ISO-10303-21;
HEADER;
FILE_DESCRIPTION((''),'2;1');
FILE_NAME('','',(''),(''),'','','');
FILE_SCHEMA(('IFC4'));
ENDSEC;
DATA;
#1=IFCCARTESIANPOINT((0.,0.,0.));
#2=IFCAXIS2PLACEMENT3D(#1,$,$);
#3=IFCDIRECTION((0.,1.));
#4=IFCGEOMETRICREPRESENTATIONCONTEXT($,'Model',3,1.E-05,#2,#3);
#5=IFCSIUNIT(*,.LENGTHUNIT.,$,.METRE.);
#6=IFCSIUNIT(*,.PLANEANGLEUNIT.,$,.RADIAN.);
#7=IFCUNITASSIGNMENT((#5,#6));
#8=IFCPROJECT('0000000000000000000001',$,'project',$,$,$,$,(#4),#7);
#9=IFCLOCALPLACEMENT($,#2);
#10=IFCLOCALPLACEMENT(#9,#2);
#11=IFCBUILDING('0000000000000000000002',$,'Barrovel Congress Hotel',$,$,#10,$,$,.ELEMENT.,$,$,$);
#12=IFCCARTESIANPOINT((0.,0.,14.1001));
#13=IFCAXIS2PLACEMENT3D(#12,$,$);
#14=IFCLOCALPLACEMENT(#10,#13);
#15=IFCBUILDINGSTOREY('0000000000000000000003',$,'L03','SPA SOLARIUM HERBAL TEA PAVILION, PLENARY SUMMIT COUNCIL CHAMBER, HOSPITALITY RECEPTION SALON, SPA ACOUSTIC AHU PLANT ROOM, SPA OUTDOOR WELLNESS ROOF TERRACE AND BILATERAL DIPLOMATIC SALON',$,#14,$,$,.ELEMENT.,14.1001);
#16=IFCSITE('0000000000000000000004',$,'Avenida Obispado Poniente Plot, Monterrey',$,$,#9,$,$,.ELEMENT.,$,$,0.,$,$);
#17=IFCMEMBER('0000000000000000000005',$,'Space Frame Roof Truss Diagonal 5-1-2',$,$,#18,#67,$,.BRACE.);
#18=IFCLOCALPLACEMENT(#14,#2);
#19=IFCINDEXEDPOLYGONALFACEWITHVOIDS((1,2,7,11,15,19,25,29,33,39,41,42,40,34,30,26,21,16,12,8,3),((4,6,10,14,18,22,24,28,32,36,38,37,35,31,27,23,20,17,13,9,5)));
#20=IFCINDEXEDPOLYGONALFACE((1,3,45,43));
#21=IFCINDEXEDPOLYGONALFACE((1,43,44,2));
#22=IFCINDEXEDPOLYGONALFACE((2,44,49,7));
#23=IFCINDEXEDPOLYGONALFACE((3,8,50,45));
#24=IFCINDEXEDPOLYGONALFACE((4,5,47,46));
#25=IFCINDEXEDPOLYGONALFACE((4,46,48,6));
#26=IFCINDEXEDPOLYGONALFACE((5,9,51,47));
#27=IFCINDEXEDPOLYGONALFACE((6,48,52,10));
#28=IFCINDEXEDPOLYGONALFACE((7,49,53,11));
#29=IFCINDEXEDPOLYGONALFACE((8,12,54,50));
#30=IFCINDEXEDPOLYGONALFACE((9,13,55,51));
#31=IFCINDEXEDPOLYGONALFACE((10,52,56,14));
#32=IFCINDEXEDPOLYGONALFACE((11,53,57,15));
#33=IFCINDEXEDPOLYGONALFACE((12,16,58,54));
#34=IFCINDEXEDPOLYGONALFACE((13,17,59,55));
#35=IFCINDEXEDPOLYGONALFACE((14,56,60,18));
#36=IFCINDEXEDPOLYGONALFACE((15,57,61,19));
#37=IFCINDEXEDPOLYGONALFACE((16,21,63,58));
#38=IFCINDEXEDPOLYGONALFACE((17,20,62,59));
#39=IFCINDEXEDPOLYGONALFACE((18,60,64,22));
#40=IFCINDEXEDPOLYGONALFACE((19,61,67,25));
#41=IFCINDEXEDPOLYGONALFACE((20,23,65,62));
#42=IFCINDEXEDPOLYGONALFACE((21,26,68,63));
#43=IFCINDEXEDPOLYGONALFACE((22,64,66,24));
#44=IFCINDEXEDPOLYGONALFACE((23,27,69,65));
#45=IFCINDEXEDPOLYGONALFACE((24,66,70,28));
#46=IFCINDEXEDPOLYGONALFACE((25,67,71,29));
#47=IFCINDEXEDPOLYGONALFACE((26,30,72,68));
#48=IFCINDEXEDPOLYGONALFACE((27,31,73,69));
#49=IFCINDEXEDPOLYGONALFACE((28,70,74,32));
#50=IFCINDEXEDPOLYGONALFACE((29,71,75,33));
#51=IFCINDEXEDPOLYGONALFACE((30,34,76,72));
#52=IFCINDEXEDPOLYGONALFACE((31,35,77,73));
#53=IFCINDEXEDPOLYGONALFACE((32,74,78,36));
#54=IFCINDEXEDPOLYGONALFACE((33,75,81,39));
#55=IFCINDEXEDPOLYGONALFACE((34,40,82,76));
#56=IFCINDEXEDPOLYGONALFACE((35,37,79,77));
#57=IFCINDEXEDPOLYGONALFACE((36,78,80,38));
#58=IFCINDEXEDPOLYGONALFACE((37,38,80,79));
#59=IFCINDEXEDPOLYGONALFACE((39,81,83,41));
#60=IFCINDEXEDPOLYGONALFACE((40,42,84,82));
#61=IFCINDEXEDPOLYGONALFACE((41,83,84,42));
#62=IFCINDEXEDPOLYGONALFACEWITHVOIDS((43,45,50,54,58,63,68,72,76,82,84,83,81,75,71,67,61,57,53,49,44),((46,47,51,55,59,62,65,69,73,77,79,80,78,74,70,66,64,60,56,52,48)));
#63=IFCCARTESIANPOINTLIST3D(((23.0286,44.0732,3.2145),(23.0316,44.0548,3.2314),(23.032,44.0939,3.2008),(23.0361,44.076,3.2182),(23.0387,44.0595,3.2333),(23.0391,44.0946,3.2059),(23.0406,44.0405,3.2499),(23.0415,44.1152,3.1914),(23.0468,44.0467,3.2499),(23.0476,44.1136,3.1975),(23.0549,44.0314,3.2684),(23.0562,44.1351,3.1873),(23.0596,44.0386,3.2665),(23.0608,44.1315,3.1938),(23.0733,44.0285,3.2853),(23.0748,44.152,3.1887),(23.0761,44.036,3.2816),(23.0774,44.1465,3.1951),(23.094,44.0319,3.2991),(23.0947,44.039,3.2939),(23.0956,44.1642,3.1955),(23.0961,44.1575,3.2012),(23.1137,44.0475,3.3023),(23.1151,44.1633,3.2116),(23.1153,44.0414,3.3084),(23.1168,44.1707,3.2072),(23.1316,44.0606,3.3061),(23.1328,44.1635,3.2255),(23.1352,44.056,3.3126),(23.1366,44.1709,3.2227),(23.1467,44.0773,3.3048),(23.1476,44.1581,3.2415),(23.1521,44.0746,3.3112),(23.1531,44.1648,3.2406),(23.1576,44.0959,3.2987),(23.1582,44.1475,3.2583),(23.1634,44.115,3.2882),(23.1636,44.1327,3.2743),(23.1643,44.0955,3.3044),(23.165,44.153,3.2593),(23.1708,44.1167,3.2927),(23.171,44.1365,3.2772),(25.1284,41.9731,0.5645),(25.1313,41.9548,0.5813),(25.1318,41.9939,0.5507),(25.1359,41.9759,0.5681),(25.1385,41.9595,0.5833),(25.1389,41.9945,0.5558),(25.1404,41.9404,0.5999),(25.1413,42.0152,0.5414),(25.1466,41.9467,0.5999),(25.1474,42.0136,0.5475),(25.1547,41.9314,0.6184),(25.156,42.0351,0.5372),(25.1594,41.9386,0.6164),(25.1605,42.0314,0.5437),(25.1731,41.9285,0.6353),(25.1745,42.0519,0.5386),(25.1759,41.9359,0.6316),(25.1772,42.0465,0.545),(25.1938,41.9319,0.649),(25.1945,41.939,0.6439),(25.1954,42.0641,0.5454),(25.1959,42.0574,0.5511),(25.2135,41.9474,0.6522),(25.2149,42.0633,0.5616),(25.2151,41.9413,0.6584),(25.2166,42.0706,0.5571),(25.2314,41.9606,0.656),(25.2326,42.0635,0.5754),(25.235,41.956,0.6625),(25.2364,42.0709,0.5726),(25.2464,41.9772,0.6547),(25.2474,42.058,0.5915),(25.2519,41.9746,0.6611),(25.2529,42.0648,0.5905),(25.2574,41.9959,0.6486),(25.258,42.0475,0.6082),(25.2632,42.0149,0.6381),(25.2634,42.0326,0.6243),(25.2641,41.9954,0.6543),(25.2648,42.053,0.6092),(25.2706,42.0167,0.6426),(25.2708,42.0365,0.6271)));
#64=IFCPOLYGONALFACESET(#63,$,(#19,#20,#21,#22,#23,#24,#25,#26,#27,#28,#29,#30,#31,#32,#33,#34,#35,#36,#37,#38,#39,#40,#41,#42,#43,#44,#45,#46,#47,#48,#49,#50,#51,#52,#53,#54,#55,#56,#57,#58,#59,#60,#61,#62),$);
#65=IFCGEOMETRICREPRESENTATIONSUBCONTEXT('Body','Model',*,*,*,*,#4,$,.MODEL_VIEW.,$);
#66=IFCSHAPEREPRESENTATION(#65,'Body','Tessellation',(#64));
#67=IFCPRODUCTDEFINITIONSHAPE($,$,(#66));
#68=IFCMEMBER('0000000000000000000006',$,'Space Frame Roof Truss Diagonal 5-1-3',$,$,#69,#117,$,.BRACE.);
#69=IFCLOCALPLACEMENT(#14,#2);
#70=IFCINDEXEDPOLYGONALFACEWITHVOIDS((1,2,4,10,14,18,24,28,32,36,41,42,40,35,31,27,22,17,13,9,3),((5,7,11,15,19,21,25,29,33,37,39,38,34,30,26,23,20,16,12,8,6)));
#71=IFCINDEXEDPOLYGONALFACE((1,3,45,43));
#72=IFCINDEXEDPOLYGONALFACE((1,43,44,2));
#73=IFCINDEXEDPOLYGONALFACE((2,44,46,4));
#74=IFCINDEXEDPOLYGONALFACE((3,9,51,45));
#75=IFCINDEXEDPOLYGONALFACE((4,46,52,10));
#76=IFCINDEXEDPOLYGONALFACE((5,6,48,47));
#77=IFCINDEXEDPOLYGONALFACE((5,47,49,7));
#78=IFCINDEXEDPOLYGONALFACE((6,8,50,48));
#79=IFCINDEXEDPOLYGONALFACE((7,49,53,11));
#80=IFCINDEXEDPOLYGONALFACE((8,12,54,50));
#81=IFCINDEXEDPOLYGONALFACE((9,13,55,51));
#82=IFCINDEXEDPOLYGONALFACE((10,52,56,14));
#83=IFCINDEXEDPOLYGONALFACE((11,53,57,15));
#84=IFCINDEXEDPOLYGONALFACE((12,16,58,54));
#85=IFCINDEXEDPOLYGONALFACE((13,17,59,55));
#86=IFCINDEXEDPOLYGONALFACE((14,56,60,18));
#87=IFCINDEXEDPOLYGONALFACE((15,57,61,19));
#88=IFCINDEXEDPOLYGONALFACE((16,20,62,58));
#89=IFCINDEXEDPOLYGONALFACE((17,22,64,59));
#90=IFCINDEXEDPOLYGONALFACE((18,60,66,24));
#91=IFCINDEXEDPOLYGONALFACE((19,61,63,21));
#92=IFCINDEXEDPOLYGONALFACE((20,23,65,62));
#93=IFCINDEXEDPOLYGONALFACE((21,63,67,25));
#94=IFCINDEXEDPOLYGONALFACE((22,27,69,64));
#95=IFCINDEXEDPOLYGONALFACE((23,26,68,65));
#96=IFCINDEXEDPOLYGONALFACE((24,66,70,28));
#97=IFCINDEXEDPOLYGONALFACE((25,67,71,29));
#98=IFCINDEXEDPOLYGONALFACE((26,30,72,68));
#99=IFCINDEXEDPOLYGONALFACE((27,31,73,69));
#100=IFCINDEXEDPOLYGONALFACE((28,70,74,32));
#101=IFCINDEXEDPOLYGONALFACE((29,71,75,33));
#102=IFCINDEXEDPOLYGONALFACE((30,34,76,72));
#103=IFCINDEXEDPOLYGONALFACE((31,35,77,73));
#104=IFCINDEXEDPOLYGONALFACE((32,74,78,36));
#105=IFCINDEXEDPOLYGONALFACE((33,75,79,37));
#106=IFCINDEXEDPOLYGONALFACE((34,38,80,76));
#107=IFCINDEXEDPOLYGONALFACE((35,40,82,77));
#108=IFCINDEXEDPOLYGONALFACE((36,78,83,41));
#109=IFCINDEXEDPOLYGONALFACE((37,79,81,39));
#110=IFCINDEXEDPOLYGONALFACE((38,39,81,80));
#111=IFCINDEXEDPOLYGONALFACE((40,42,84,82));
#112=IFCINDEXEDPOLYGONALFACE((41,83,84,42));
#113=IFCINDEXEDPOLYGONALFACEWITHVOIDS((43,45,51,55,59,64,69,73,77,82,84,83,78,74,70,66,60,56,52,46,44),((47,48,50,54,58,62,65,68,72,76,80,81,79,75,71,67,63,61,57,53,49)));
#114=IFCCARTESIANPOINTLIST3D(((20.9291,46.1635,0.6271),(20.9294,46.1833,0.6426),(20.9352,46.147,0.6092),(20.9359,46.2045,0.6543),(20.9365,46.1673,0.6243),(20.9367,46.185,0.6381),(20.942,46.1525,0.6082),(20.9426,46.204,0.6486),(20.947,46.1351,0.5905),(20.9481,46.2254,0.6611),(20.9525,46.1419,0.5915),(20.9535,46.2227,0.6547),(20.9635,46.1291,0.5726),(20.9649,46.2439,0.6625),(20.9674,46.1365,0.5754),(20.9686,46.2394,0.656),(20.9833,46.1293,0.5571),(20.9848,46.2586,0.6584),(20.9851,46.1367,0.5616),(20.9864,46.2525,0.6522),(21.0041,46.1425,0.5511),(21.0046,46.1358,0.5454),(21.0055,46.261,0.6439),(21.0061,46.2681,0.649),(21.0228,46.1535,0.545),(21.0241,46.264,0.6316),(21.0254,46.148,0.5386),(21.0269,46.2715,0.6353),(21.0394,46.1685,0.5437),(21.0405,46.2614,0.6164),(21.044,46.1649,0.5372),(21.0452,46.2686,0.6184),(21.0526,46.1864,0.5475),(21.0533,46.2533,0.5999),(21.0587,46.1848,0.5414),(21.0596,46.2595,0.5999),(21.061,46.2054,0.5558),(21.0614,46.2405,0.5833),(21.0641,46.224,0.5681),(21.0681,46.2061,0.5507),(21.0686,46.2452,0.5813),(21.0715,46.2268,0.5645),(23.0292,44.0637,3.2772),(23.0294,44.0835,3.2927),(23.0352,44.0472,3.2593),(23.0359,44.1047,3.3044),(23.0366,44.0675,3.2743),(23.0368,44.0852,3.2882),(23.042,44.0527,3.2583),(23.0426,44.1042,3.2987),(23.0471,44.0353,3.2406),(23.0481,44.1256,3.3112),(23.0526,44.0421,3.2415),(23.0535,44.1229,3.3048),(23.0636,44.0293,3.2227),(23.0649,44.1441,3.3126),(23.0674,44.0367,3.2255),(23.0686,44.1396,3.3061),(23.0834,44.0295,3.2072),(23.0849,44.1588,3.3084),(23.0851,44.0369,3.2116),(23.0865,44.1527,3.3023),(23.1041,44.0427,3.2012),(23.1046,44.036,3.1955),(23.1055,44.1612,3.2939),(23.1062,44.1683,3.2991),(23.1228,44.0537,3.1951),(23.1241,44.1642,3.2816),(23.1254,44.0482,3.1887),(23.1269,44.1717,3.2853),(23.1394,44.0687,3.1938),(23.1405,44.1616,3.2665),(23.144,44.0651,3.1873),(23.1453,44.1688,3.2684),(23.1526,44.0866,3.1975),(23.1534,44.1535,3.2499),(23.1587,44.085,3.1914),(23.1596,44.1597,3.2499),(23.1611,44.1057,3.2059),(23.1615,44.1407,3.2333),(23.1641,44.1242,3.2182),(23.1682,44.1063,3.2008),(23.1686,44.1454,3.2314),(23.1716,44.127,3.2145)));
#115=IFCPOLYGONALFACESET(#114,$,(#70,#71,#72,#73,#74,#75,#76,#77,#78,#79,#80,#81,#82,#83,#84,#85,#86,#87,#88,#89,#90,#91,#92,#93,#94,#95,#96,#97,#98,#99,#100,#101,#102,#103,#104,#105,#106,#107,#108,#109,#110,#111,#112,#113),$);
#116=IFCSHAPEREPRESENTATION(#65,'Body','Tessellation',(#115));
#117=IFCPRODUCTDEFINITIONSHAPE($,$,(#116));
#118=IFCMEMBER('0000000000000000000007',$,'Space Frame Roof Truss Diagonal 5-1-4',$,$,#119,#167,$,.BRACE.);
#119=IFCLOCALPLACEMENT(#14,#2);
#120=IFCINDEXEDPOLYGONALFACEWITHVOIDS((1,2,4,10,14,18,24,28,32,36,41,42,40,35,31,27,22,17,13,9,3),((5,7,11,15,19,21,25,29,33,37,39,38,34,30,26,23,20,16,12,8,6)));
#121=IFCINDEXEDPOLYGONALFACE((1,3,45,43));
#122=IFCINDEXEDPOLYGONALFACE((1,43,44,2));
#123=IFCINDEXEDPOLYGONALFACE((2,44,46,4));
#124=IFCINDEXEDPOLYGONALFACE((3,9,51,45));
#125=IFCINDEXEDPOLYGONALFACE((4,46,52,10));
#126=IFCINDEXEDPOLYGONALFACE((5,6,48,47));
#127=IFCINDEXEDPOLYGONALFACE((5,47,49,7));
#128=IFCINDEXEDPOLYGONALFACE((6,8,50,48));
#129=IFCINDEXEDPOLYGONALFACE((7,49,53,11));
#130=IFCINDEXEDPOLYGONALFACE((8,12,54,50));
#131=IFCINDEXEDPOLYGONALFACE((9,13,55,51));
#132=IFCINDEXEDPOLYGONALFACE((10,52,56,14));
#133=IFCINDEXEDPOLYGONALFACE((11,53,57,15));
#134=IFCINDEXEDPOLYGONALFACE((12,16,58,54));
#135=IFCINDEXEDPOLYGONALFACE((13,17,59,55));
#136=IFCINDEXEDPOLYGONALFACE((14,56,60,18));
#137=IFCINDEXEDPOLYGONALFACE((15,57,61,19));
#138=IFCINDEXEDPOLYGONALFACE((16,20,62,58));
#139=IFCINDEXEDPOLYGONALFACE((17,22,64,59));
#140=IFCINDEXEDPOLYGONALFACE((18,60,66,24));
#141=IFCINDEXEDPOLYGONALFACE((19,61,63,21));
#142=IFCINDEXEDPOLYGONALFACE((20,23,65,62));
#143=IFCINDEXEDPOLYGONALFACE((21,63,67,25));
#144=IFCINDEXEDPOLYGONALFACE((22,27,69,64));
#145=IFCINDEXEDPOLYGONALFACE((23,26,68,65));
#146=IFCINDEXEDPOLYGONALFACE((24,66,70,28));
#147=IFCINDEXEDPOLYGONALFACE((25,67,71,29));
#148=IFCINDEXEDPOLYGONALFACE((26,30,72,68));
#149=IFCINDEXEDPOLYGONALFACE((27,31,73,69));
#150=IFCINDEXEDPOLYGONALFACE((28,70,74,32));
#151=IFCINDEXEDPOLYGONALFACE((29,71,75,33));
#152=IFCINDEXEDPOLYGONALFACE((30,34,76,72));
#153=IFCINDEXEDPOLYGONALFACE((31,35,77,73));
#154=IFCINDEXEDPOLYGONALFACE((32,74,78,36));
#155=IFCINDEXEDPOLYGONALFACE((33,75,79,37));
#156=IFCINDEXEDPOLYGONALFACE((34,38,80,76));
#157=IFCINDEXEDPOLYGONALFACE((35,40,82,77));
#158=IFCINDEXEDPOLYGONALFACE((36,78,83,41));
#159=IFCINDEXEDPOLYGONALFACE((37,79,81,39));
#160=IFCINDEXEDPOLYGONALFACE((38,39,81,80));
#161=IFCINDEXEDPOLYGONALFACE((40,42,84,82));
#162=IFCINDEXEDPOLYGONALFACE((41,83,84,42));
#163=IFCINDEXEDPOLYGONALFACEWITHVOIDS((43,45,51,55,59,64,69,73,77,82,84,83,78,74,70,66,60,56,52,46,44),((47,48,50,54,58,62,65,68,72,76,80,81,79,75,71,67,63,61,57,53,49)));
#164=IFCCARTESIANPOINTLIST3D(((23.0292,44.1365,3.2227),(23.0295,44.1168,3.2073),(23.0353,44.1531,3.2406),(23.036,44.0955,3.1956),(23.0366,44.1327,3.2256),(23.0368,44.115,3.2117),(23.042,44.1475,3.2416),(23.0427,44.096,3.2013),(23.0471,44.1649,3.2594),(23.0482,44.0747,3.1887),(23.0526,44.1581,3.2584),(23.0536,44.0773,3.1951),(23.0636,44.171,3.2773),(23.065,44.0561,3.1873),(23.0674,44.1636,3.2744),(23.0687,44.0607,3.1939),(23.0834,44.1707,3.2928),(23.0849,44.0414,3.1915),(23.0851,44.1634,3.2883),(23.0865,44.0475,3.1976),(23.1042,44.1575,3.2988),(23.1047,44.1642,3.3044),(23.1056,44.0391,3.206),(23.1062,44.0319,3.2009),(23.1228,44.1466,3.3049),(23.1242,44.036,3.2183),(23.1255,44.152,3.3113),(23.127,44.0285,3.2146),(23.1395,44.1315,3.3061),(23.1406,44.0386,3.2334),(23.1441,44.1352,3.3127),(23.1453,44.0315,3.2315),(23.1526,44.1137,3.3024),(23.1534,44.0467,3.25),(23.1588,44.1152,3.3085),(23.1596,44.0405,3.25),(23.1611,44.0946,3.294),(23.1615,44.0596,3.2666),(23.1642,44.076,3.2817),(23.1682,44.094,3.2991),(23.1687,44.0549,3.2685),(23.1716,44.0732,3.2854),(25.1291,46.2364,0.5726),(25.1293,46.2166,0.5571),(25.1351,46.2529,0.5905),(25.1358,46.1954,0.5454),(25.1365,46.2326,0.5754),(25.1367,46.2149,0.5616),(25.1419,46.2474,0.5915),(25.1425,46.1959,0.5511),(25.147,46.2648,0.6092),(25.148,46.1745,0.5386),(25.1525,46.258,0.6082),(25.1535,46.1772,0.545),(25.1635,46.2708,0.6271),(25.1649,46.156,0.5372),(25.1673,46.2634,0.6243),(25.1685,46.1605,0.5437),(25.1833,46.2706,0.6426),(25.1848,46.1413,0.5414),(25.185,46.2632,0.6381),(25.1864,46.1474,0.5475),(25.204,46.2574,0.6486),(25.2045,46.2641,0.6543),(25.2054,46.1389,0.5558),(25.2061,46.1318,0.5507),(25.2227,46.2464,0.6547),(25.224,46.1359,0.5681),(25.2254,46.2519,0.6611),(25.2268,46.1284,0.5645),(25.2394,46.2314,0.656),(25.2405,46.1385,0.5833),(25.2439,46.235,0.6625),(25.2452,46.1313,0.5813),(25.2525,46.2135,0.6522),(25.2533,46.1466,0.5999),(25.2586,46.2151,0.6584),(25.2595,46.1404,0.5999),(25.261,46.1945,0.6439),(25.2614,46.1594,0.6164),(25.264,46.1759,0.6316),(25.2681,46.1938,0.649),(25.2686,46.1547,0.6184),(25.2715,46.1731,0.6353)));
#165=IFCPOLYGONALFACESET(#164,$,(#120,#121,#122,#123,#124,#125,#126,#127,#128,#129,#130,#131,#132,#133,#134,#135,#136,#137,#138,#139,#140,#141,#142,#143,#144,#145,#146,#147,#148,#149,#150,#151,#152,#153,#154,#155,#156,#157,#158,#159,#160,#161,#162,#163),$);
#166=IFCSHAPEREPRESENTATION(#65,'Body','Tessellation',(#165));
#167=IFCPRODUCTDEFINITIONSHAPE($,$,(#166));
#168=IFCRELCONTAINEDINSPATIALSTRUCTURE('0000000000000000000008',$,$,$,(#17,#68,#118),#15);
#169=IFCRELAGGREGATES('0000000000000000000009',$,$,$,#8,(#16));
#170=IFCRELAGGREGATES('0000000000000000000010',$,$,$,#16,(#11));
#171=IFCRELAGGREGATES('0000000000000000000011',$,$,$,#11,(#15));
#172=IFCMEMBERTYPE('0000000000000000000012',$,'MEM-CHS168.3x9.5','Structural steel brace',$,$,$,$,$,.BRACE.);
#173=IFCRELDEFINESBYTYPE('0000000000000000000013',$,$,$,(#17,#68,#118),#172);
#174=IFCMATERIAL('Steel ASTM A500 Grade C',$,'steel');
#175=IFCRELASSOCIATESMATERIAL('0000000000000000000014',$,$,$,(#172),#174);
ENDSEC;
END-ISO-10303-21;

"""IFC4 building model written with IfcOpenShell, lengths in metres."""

from ifc_helpers import new_model, si_unit, direction, frame, origin, origin_2d, place, context, subcontext, project, spatial, hollow_circle, extrude, material, material_profile, profile_set, type_object, element, save


model = new_model("IFC4")

# Units and contexts
model_context = context("Model", 3, precision=1e-05, world=origin(), true_north=direction((0.0, 1.0)))
body_context = subcontext(model_context, "Body", "Model", "MODEL_VIEW")
ifc_project = project(units=[si_unit("LENGTHUNIT", "METRE"), si_unit("PLANEANGLEUNIT", "RADIAN")], contexts=[model_context])

# Site, building, storey
site_placement = place(None, origin())
site = spatial("IfcSite", under=ifc_project, at=site_placement, Name="Avenida Obispado Poniente Plot, Monterrey", CompositionType="ELEMENT", RefElevation=0.0)
building_placement = place(site_placement, origin())
building = spatial("IfcBuilding", under=site, at=building_placement, Name="Barrovel Congress Hotel", CompositionType="ELEMENT")
storey_placement = place(building_placement, frame((0.0, 0.0, 14.1001)))
storey = spatial("IfcBuildingStorey", under=building, at=storey_placement, Name="L03", Description="SPA SOLARIUM HERBAL TEA PAVILION, PLENARY SUMMIT COUNCIL CHAMBER, HOSPITALITY RECEPTION SALON, SPA ACOUSTIC AHU PLANT ROOM, SPA OUTDOOR WELLNESS ROOF TERRACE AND BILATERAL DIPLOMATIC SALON", CompositionType="ELEMENT", Elevation=14.1001)

# Members
ifc_material_1 = material(Name="Steel ASTM A500 Grade C", Category="steel")
ifc_material_profile_1 = material_profile(ifc_material_1, hollow_circle(Radius=0.0842, WallThickness=0.0088, at=origin_2d()), Name="CHS168.3x9.5")
ifc_profile_set_1 = profile_set([ifc_material_profile_1], Name="Steel ASTM A500 Grade C")
member_type_1 = type_object("IfcMemberType", Name="MEM-CHS168.3x9.5", Description="Structural steel brace", PredefinedType="BRACE", material=ifc_profile_set_1)
for number, where, z_axis, x_axis, name in (
    (1, (25.2, 42.0, 0.5999), (-0.527557, 0.527618, 0.66581), (-0.707148, -0.707066, 0.0), "Space Frame Roof Truss Diagonal 5-1-2"),
    (2, (21.0, 46.2, 0.5999), (0.527618, -0.527557, 0.66581), (0.707066, 0.707148, 0.0), "Space Frame Roof Truss Diagonal 5-1-3"),
    (3, (25.2, 46.2, 0.5999), (-0.527574, -0.527574, 0.665831), (0.707107, -0.707107, 0.0), "Space Frame Roof Truss Diagonal 5-1-4"),
):
    element("IfcMember", number, at=place(storey_placement, frame(where, z_axis=z_axis, x_axis=x_axis)), inside=storey, type_object=member_type_1, Name=name, PredefinedType="BRACE", context=body_context, shape_type="SweptSolid", body=[
        extrude(hollow_circle(Radius=0.0842, WallThickness=0.0088, at=origin_2d()), origin(), (0.0, 0.0, 1.0), 3.9802),
    ])

save(model, "model.ifc")
